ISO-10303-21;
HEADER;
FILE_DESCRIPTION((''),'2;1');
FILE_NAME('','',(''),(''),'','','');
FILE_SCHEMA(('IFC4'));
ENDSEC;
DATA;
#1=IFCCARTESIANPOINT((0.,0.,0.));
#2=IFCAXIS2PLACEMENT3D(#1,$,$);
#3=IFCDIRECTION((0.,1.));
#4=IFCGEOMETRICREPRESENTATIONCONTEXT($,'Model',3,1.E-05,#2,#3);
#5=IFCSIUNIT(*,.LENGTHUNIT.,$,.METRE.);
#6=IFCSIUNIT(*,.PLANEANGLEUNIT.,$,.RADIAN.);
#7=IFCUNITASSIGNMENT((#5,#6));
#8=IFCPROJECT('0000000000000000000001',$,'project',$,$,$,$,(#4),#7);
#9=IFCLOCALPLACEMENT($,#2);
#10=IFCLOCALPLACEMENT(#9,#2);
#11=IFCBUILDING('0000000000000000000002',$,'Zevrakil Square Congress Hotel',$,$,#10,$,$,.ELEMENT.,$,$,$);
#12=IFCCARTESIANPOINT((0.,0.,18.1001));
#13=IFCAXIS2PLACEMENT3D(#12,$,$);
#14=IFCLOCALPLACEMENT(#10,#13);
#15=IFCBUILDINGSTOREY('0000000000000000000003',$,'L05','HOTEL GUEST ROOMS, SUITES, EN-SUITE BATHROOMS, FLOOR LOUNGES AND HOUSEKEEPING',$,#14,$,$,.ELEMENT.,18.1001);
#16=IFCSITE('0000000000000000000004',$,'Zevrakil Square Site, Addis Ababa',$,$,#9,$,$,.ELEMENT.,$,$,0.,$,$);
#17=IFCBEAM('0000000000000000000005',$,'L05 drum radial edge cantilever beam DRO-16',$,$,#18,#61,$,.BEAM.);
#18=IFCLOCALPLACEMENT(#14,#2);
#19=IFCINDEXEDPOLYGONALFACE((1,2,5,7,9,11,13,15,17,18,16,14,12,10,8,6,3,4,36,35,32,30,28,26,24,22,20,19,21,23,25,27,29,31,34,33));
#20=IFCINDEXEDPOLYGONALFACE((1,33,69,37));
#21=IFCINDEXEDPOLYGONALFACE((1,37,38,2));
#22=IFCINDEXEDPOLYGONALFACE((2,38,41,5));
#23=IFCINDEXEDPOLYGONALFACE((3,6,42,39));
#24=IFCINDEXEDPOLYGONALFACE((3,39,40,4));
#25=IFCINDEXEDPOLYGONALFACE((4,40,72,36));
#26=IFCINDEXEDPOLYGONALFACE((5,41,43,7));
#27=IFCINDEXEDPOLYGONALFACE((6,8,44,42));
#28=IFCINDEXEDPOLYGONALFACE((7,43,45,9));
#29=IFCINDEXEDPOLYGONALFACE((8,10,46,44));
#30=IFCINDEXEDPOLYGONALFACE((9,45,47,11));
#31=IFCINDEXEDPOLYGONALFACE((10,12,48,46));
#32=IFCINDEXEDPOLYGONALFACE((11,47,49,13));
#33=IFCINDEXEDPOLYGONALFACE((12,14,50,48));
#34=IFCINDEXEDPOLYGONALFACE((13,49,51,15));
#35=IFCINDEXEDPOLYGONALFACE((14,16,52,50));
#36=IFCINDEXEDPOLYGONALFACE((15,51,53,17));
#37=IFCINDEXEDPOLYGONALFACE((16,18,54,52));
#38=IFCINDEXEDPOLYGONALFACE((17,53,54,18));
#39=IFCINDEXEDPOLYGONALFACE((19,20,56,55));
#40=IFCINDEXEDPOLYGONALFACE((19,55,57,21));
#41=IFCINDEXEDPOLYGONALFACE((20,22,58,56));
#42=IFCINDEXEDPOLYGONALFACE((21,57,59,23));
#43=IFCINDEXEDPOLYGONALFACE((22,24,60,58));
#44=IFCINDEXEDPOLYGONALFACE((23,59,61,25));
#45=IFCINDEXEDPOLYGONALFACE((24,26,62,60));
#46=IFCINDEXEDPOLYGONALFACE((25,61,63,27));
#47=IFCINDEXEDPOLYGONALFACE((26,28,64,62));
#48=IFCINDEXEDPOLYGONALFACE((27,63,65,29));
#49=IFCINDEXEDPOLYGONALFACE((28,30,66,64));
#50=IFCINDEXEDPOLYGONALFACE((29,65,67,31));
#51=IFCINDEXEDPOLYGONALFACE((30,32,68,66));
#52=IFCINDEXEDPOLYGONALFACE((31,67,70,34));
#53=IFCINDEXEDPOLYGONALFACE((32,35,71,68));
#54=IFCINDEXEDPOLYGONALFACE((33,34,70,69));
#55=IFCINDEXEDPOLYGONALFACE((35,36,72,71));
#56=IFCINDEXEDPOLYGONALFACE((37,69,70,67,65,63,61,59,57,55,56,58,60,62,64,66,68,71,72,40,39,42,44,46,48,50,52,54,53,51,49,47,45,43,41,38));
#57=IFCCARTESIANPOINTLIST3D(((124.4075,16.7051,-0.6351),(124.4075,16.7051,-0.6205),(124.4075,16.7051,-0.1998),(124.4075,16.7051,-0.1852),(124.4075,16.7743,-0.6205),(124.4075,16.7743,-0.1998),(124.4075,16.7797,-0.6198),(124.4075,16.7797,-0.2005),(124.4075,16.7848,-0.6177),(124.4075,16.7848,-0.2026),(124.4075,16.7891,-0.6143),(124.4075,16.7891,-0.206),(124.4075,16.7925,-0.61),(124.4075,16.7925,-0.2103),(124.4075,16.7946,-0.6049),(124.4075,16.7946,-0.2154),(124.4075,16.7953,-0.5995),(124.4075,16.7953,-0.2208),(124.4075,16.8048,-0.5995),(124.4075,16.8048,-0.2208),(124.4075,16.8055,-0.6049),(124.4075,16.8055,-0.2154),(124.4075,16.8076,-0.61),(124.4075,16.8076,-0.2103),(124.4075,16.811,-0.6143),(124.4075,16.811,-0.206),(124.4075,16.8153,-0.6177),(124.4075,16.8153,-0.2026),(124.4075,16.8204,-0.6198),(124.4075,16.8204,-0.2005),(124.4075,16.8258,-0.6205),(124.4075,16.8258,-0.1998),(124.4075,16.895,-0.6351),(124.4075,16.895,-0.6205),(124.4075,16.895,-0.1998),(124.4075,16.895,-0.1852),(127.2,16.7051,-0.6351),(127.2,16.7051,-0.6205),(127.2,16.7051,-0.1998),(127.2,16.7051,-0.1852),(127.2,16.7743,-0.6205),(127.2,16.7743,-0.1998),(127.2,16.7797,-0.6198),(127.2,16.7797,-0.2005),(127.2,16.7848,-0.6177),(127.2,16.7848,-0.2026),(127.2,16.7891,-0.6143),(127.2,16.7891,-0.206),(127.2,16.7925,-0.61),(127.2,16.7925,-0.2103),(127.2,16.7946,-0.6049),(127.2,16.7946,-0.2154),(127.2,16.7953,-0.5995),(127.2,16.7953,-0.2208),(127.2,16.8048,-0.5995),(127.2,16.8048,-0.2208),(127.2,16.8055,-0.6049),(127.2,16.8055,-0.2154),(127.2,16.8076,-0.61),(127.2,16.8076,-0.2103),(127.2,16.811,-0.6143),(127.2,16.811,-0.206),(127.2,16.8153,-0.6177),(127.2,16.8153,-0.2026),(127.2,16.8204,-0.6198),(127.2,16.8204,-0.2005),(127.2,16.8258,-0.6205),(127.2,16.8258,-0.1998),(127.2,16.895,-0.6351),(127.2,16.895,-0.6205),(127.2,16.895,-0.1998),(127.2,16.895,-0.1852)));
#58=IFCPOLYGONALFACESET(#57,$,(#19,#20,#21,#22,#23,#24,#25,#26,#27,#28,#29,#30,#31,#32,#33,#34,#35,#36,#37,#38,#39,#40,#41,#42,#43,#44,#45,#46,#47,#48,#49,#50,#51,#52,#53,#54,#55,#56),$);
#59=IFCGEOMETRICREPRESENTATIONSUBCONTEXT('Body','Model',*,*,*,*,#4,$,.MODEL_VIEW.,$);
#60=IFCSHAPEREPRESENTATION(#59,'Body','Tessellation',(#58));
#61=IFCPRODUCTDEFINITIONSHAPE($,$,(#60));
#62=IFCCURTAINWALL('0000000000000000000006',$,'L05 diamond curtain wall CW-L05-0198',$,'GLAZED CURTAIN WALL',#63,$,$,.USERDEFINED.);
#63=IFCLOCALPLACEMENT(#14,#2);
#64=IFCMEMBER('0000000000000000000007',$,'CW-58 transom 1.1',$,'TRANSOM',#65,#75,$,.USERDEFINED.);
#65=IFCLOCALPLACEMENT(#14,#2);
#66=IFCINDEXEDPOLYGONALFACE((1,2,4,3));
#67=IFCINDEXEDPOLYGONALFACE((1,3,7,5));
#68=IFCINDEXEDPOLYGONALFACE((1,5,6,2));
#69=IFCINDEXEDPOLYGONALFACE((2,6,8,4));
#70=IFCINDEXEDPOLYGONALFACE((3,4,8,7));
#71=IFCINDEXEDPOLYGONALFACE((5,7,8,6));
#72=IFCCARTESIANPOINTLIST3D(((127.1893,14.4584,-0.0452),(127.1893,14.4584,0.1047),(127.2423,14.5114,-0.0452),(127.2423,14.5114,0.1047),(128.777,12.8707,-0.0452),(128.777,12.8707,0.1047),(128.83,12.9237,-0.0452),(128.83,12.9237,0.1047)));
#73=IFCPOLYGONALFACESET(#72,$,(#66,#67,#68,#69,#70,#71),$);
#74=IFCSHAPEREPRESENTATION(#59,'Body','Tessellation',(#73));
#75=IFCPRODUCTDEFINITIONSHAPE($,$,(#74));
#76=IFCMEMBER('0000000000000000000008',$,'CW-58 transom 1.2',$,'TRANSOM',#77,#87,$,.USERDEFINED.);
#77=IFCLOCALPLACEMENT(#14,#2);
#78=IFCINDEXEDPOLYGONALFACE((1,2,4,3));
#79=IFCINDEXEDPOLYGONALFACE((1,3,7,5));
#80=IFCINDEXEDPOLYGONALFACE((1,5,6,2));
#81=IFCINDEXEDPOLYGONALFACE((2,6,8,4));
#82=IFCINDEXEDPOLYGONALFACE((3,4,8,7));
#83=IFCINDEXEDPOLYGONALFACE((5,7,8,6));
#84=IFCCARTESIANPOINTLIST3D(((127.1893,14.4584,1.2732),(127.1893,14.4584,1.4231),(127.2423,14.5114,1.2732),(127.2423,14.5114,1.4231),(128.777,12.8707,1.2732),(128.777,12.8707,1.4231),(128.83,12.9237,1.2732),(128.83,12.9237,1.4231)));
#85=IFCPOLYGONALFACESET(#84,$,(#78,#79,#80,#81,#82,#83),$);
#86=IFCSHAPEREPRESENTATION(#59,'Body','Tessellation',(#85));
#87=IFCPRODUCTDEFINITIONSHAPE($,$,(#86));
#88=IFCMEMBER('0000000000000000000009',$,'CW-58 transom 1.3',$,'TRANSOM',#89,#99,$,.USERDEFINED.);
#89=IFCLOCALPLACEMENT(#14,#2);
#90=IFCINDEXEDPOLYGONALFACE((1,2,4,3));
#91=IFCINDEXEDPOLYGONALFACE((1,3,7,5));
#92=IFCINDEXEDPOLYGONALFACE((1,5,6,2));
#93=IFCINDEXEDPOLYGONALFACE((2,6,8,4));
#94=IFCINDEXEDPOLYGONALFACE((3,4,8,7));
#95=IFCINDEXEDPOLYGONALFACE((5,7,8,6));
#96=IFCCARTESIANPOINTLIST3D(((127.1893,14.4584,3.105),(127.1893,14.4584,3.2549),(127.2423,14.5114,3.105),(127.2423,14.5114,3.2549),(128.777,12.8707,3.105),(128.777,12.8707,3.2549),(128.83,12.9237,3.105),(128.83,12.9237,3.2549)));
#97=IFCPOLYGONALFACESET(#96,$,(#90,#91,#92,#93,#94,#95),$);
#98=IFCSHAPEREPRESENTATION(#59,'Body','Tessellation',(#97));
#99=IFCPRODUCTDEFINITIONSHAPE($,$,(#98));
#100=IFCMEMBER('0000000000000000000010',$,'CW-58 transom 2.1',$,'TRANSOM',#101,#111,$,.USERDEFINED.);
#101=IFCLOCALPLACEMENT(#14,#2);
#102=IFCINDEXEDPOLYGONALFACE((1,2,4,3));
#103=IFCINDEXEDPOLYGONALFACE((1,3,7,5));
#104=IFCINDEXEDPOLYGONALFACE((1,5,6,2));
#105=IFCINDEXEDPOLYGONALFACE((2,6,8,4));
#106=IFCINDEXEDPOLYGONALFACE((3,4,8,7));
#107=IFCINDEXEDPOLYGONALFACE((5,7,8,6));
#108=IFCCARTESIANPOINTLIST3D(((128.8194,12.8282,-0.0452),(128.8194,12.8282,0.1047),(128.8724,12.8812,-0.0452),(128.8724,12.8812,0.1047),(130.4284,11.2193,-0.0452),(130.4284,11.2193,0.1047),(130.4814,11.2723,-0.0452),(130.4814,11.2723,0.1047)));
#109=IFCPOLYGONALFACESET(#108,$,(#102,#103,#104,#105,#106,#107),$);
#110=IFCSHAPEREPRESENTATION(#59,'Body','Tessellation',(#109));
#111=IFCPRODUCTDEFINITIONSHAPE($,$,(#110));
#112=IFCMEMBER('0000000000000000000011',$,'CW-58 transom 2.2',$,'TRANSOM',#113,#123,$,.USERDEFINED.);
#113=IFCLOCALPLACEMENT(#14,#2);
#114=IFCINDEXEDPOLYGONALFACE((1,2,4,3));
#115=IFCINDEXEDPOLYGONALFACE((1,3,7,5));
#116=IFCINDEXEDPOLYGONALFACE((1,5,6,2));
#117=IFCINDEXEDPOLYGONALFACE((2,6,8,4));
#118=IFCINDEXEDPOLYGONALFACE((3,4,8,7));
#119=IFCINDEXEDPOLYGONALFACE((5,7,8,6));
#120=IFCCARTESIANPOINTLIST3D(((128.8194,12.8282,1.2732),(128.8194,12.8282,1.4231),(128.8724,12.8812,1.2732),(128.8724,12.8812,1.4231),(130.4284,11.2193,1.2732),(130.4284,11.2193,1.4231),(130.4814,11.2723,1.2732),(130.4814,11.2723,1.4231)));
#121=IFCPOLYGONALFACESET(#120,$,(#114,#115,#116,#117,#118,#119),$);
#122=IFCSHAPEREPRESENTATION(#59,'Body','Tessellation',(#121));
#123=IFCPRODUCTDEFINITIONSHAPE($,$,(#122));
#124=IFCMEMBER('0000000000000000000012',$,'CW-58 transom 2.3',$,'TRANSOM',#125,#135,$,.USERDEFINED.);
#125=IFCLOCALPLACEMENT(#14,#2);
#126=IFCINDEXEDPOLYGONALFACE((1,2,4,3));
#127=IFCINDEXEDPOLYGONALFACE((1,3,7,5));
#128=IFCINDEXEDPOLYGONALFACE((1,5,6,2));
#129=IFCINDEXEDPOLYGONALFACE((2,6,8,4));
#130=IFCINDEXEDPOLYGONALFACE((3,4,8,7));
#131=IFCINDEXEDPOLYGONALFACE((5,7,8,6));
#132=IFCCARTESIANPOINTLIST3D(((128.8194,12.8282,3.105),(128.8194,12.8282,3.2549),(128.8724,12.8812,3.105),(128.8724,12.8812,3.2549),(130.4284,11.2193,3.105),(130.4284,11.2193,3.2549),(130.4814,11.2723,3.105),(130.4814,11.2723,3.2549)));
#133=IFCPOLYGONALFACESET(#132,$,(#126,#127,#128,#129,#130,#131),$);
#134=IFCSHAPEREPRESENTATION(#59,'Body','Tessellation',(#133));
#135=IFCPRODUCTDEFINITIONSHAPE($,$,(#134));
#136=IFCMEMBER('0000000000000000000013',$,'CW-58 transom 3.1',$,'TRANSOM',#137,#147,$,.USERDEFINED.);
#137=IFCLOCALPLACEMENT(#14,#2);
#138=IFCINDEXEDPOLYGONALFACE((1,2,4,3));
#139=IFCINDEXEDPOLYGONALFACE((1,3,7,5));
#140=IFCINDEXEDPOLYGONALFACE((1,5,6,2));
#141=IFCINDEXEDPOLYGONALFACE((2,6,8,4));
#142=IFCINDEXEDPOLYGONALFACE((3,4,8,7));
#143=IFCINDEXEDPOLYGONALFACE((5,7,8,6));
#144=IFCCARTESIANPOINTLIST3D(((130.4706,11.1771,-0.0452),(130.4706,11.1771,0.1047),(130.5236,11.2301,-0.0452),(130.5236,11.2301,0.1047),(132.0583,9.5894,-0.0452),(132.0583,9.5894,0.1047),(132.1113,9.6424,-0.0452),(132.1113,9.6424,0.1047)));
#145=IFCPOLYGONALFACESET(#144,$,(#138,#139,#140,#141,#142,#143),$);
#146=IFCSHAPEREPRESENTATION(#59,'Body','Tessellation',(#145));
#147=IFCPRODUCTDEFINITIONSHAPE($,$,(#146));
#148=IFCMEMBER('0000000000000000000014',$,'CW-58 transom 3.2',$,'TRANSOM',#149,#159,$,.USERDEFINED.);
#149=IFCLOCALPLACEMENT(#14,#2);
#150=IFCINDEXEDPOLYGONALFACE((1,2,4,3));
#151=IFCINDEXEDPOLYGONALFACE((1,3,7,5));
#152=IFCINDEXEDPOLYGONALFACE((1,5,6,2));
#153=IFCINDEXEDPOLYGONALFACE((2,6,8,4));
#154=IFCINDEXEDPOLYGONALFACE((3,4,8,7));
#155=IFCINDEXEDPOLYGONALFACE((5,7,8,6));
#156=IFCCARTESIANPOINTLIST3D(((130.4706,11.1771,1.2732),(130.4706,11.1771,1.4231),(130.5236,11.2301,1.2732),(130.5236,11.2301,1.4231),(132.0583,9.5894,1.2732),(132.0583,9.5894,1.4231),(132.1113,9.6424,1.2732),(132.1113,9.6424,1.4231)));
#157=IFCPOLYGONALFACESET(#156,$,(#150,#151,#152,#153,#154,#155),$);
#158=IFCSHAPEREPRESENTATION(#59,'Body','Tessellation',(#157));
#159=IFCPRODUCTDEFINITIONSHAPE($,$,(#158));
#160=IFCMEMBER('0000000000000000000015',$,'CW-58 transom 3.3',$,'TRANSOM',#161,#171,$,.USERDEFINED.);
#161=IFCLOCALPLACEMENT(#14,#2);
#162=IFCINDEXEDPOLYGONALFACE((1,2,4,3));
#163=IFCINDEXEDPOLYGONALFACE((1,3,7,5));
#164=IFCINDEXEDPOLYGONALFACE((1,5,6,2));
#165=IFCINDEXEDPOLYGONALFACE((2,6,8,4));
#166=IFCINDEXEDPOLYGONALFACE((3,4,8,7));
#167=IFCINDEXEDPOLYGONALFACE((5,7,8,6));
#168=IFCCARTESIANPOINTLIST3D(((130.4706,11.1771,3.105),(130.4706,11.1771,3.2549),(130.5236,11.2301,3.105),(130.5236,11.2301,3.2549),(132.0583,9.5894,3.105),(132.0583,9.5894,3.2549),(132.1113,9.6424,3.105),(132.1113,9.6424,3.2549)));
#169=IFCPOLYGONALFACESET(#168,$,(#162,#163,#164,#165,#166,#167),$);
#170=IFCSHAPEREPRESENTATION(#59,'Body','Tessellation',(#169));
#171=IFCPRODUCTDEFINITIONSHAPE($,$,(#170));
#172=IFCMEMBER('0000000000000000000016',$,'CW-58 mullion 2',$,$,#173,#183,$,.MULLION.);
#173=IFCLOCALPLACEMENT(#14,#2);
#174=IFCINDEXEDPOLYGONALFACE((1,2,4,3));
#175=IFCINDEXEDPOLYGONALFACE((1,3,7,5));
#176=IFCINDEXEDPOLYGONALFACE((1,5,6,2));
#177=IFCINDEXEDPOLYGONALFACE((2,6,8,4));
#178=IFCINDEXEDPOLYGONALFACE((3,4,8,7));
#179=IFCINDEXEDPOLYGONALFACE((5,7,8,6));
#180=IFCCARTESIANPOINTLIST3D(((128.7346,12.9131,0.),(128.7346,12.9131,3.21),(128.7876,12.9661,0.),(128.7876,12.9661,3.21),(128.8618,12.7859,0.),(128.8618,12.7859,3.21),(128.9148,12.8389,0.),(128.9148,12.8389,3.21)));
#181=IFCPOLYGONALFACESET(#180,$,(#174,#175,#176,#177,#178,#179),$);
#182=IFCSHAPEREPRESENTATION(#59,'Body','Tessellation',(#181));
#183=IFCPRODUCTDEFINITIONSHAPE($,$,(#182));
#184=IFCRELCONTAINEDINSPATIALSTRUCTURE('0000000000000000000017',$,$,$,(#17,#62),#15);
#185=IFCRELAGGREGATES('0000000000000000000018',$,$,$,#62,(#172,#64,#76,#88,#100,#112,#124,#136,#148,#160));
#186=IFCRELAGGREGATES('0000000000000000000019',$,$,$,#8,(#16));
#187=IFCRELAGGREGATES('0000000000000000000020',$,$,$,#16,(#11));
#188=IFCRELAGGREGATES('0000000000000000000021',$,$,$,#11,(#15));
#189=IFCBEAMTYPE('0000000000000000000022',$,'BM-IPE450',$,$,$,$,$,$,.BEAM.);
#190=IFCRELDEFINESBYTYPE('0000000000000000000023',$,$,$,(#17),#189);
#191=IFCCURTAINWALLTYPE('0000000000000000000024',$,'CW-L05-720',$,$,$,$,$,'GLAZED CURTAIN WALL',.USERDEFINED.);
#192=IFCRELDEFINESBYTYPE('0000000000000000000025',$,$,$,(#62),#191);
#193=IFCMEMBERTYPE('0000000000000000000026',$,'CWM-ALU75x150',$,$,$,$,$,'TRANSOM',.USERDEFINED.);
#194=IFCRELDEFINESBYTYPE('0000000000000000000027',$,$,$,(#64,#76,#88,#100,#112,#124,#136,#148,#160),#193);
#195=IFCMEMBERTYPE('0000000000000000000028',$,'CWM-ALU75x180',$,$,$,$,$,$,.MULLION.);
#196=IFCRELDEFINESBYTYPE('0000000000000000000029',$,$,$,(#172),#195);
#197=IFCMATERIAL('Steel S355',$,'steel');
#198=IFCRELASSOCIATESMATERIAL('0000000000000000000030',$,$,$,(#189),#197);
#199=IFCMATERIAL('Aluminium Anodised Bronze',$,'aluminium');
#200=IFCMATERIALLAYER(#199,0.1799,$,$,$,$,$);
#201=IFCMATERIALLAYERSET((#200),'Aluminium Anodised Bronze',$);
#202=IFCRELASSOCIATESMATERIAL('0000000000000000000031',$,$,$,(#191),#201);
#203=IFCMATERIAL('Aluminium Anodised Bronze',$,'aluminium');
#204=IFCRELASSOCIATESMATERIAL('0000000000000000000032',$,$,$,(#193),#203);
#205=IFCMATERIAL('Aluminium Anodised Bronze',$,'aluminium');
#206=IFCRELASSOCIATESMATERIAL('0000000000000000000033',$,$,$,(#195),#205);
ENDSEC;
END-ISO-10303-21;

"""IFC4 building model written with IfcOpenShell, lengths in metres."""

from ifc_helpers import new_model, si_unit, direction, frame, origin, origin_2d, place, context, subcontext, project, spatial, rectangle, i_section, extrude, material, layer, layer_set, material_profile, profile_set, type_object, element, aggregate, save


model = new_model("IFC4")

# Units and contexts
model_context = context("Model", 3, precision=1e-05, world=origin(), true_north=direction((0.0, 1.0)))
body_context = subcontext(model_context, "Body", "Model", "MODEL_VIEW")
ifc_project = project(units=[si_unit("LENGTHUNIT", "METRE"), si_unit("PLANEANGLEUNIT", "RADIAN")], contexts=[model_context])

# Site, building, storey
site_placement = place(None, origin())
site = spatial("IfcSite", under=ifc_project, at=site_placement, Name="Zevrakil Square Site, Addis Ababa", CompositionType="ELEMENT", RefElevation=0.0)
building_placement = place(site_placement, origin())
building = spatial("IfcBuilding", under=site, at=building_placement, Name="Zevrakil Square Congress Hotel", CompositionType="ELEMENT")
storey_placement = place(building_placement, frame((0.0, 0.0, 18.1001)))
storey = spatial("IfcBuildingStorey", under=building, at=storey_placement, Name="L05", Description="HOTEL GUEST ROOMS, SUITES, EN-SUITE BATHROOMS, FLOOR LOUNGES AND HOUSEKEEPING", CompositionType="ELEMENT", Elevation=18.1001)

# Beam
ifc_material_1 = material(Name="Steel S355", Category="steel")
ifc_material_profile_1 = material_profile(ifc_material_1, i_section(OverallWidth=0.1899, OverallDepth=0.45, WebThickness=0.0095, FlangeThickness=0.0146, FilletRadius=0.021, at=origin_2d()), Name="IPE 450")
ifc_profile_set_1 = profile_set([ifc_material_profile_1], Name="Steel S355")
beam_type = type_object("IfcBeamType", Name="BM-IPE450", PredefinedType="BEAM", material=ifc_profile_set_1)
beam_placement = place(storey_placement, frame((127.2, 16.8, -0.4102), z_axis=(-1.0, 0.0, 0.0), x_axis=(0.0, -1.0, 0.0)))
element("IfcBeam", 1, at=beam_placement, inside=storey, type_object=beam_type, Name="L05 drum radial edge cantilever beam DRO-16", PredefinedType="BEAM", context=body_context, shape_type="SweptSolid", body=[
    extrude(i_section(OverallWidth=0.1899, OverallDepth=0.45, WebThickness=0.0095, FlangeThickness=0.0146, FilletRadius=0.021, at=origin_2d()), origin(), (0.0, 0.0, 1.0), 2.7925),
])

# Curtain wall, members
ifc_material_2 = material(Name="Aluminium Anodised Bronze", Category="aluminium")
ifc_layer_1 = layer(ifc_material_2, 0.1799)
ifc_layer_set_1 = layer_set([ifc_layer_1], Name="Aluminium Anodised Bronze")
curtain_wall_type = type_object("IfcCurtainWallType", Name="CW-L05-720", ElementType="GLAZED CURTAIN WALL", PredefinedType="USERDEFINED", material=ifc_layer_set_1)
curtain_wall_placement = place(storey_placement, origin())
curtain_wall = element("IfcCurtainWall", 2, at=curtain_wall_placement, inside=storey, type_object=curtain_wall_type, Name="L05 diamond curtain wall CW-L05-0198", ObjectType="GLAZED CURTAIN WALL", PredefinedType="USERDEFINED")
ifc_material_3 = material(Name="Aluminium Anodised Bronze", Category="aluminium")
ifc_material_profile_2 = material_profile(ifc_material_3, rectangle(XDim=0.075, YDim=0.1499, at=origin_2d()), Name="ALU 75x150")
ifc_profile_set_2 = profile_set([ifc_material_profile_2], Name="Aluminium Anodised Bronze")
member_type_1 = type_object("IfcMemberType", Name="CWM-ALU75x150", ElementType="TRANSOM", PredefinedType="USERDEFINED", material=ifc_profile_set_2)
member_1_placement = place(storey_placement, frame((127.2158, 14.4849, 0.0298), z_axis=(0.707107, -0.707107, 0.0), x_axis=(0.707107, 0.707107, 0.0)))
member_1 = element("IfcMember", 3, at=member_1_placement, type_object=member_type_1, Name="CW-58 transom 1.1", ObjectType="TRANSOM", PredefinedType="USERDEFINED", context=body_context, shape_type="SweptSolid", body=[
    extrude(rectangle(XDim=0.075, YDim=0.1499, at=origin_2d()), origin(), (0.0, 0.0, 1.0), 2.2454),
])
member_2_placement = place(storey_placement, frame((127.2158, 14.4849, 1.3481), z_axis=(0.707107, -0.707107, 0.0), x_axis=(0.707107, 0.707107, 0.0)))
member_2 = element("IfcMember", 4, at=member_2_placement, type_object=member_type_1, Name="CW-58 transom 1.2", ObjectType="TRANSOM", PredefinedType="USERDEFINED", context=body_context, shape_type="SweptSolid", body=[
    extrude(rectangle(XDim=0.075, YDim=0.1499, at=origin_2d()), origin(), (0.0, 0.0, 1.0), 2.2454),
])
member_3_placement = place(storey_placement, frame((127.2158, 14.4849, 3.1799), z_axis=(0.707107, -0.707107, 0.0), x_axis=(0.707107, 0.707107, 0.0)))
member_3 = element("IfcMember", 5, at=member_3_placement, type_object=member_type_1, Name="CW-58 transom 1.3", ObjectType="TRANSOM", PredefinedType="USERDEFINED", context=body_context, shape_type="SweptSolid", body=[
    extrude(rectangle(XDim=0.075, YDim=0.1499, at=origin_2d()), origin(), (0.0, 0.0, 1.0), 2.2454),
])
member_4_placement = place(storey_placement, frame((128.8459, 12.8547, 0.0298), z_axis=(0.707107, -0.707107, 0.0), x_axis=(0.707107, 0.707107, 0.0)))
member_4 = element("IfcMember", 6, at=member_4_placement, type_object=member_type_1, Name="CW-58 transom 2.1", ObjectType="TRANSOM", PredefinedType="USERDEFINED", context=body_context, shape_type="SweptSolid", body=[
    extrude(rectangle(XDim=0.075, YDim=0.1499, at=origin_2d()), origin(), (0.0, 0.0, 1.0), 2.2754),
])
member_5_placement = place(storey_placement, frame((128.8459, 12.8547, 1.3481), z_axis=(0.707107, -0.707107, 0.0), x_axis=(0.707107, 0.707107, 0.0)))
member_5 = element("IfcMember", 7, at=member_5_placement, type_object=member_type_1, Name="CW-58 transom 2.2", ObjectType="TRANSOM", PredefinedType="USERDEFINED", context=body_context, shape_type="SweptSolid", body=[
    extrude(rectangle(XDim=0.075, YDim=0.1499, at=origin_2d()), origin(), (0.0, 0.0, 1.0), 2.2754),
])
member_6_placement = place(storey_placement, frame((128.8459, 12.8547, 3.1799), z_axis=(0.707107, -0.707107, 0.0), x_axis=(0.707107, 0.707107, 0.0)))
member_6 = element("IfcMember", 8, at=member_6_placement, type_object=member_type_1, Name="CW-58 transom 2.3", ObjectType="TRANSOM", PredefinedType="USERDEFINED", context=body_context, shape_type="SweptSolid", body=[
    extrude(rectangle(XDim=0.075, YDim=0.1499, at=origin_2d()), origin(), (0.0, 0.0, 1.0), 2.2754),
])
member_7_placement = place(storey_placement, frame((130.4971, 11.2036, 0.0298), z_axis=(0.707107, -0.707107, 0.0), x_axis=(0.707107, 0.707107, 0.0)))
member_7 = element("IfcMember", 9, at=member_7_placement, type_object=member_type_1, Name="CW-58 transom 3.1", ObjectType="TRANSOM", PredefinedType="USERDEFINED", context=body_context, shape_type="SweptSolid", body=[
    extrude(rectangle(XDim=0.075, YDim=0.1499, at=origin_2d()), origin(), (0.0, 0.0, 1.0), 2.2454),
])
member_8_placement = place(storey_placement, frame((130.4971, 11.2036, 1.3481), z_axis=(0.707107, -0.707107, 0.0), x_axis=(0.707107, 0.707107, 0.0)))
member_8 = element("IfcMember", 10, at=member_8_placement, type_object=member_type_1, Name="CW-58 transom 3.2", ObjectType="TRANSOM", PredefinedType="USERDEFINED", context=body_context, shape_type="SweptSolid", body=[
    extrude(rectangle(XDim=0.075, YDim=0.1499, at=origin_2d()), origin(), (0.0, 0.0, 1.0), 2.2454),
])
member_9_placement = place(storey_placement, frame((130.4971, 11.2036, 3.1799), z_axis=(0.707107, -0.707107, 0.0), x_axis=(0.707107, 0.707107, 0.0)))
member_9 = element("IfcMember", 11, at=member_9_placement, type_object=member_type_1, Name="CW-58 transom 3.3", ObjectType="TRANSOM", PredefinedType="USERDEFINED", context=body_context, shape_type="SweptSolid", body=[
    extrude(rectangle(XDim=0.075, YDim=0.1499, at=origin_2d()), origin(), (0.0, 0.0, 1.0), 2.2454),
])
ifc_material_4 = material(Name="Aluminium Anodised Bronze", Category="aluminium")
ifc_material_profile_3 = material_profile(ifc_material_4, rectangle(XDim=0.075, YDim=0.1799, at=origin_2d()), Name="ALU 75x180")
ifc_profile_set_3 = profile_set([ifc_material_profile_3], Name="Aluminium Anodised Bronze")
member_type_2 = type_object("IfcMemberType", Name="CWM-ALU75x180", PredefinedType="MULLION", material=ifc_profile_set_3)
member_10_placement = place(storey_placement, frame((128.8247, 12.876, 0.0), z_axis=(0.0, 0.0, 1.0), x_axis=(0.707107, 0.707107, 0.0)))
member_10 = element("IfcMember", 12, at=member_10_placement, type_object=member_type_2, Name="CW-58 mullion 2", PredefinedType="MULLION", context=body_context, shape_type="SweptSolid", body=[
    extrude(rectangle(XDim=0.075, YDim=0.1799, at=origin_2d()), origin(), (0.0, 0.0, 1.0), 3.21),
])
aggregate(curtain_wall, [member_10, member_1, member_2, member_3, member_4, member_5, member_6, member_7, member_8, member_9])

save(model, "model.ifc")
